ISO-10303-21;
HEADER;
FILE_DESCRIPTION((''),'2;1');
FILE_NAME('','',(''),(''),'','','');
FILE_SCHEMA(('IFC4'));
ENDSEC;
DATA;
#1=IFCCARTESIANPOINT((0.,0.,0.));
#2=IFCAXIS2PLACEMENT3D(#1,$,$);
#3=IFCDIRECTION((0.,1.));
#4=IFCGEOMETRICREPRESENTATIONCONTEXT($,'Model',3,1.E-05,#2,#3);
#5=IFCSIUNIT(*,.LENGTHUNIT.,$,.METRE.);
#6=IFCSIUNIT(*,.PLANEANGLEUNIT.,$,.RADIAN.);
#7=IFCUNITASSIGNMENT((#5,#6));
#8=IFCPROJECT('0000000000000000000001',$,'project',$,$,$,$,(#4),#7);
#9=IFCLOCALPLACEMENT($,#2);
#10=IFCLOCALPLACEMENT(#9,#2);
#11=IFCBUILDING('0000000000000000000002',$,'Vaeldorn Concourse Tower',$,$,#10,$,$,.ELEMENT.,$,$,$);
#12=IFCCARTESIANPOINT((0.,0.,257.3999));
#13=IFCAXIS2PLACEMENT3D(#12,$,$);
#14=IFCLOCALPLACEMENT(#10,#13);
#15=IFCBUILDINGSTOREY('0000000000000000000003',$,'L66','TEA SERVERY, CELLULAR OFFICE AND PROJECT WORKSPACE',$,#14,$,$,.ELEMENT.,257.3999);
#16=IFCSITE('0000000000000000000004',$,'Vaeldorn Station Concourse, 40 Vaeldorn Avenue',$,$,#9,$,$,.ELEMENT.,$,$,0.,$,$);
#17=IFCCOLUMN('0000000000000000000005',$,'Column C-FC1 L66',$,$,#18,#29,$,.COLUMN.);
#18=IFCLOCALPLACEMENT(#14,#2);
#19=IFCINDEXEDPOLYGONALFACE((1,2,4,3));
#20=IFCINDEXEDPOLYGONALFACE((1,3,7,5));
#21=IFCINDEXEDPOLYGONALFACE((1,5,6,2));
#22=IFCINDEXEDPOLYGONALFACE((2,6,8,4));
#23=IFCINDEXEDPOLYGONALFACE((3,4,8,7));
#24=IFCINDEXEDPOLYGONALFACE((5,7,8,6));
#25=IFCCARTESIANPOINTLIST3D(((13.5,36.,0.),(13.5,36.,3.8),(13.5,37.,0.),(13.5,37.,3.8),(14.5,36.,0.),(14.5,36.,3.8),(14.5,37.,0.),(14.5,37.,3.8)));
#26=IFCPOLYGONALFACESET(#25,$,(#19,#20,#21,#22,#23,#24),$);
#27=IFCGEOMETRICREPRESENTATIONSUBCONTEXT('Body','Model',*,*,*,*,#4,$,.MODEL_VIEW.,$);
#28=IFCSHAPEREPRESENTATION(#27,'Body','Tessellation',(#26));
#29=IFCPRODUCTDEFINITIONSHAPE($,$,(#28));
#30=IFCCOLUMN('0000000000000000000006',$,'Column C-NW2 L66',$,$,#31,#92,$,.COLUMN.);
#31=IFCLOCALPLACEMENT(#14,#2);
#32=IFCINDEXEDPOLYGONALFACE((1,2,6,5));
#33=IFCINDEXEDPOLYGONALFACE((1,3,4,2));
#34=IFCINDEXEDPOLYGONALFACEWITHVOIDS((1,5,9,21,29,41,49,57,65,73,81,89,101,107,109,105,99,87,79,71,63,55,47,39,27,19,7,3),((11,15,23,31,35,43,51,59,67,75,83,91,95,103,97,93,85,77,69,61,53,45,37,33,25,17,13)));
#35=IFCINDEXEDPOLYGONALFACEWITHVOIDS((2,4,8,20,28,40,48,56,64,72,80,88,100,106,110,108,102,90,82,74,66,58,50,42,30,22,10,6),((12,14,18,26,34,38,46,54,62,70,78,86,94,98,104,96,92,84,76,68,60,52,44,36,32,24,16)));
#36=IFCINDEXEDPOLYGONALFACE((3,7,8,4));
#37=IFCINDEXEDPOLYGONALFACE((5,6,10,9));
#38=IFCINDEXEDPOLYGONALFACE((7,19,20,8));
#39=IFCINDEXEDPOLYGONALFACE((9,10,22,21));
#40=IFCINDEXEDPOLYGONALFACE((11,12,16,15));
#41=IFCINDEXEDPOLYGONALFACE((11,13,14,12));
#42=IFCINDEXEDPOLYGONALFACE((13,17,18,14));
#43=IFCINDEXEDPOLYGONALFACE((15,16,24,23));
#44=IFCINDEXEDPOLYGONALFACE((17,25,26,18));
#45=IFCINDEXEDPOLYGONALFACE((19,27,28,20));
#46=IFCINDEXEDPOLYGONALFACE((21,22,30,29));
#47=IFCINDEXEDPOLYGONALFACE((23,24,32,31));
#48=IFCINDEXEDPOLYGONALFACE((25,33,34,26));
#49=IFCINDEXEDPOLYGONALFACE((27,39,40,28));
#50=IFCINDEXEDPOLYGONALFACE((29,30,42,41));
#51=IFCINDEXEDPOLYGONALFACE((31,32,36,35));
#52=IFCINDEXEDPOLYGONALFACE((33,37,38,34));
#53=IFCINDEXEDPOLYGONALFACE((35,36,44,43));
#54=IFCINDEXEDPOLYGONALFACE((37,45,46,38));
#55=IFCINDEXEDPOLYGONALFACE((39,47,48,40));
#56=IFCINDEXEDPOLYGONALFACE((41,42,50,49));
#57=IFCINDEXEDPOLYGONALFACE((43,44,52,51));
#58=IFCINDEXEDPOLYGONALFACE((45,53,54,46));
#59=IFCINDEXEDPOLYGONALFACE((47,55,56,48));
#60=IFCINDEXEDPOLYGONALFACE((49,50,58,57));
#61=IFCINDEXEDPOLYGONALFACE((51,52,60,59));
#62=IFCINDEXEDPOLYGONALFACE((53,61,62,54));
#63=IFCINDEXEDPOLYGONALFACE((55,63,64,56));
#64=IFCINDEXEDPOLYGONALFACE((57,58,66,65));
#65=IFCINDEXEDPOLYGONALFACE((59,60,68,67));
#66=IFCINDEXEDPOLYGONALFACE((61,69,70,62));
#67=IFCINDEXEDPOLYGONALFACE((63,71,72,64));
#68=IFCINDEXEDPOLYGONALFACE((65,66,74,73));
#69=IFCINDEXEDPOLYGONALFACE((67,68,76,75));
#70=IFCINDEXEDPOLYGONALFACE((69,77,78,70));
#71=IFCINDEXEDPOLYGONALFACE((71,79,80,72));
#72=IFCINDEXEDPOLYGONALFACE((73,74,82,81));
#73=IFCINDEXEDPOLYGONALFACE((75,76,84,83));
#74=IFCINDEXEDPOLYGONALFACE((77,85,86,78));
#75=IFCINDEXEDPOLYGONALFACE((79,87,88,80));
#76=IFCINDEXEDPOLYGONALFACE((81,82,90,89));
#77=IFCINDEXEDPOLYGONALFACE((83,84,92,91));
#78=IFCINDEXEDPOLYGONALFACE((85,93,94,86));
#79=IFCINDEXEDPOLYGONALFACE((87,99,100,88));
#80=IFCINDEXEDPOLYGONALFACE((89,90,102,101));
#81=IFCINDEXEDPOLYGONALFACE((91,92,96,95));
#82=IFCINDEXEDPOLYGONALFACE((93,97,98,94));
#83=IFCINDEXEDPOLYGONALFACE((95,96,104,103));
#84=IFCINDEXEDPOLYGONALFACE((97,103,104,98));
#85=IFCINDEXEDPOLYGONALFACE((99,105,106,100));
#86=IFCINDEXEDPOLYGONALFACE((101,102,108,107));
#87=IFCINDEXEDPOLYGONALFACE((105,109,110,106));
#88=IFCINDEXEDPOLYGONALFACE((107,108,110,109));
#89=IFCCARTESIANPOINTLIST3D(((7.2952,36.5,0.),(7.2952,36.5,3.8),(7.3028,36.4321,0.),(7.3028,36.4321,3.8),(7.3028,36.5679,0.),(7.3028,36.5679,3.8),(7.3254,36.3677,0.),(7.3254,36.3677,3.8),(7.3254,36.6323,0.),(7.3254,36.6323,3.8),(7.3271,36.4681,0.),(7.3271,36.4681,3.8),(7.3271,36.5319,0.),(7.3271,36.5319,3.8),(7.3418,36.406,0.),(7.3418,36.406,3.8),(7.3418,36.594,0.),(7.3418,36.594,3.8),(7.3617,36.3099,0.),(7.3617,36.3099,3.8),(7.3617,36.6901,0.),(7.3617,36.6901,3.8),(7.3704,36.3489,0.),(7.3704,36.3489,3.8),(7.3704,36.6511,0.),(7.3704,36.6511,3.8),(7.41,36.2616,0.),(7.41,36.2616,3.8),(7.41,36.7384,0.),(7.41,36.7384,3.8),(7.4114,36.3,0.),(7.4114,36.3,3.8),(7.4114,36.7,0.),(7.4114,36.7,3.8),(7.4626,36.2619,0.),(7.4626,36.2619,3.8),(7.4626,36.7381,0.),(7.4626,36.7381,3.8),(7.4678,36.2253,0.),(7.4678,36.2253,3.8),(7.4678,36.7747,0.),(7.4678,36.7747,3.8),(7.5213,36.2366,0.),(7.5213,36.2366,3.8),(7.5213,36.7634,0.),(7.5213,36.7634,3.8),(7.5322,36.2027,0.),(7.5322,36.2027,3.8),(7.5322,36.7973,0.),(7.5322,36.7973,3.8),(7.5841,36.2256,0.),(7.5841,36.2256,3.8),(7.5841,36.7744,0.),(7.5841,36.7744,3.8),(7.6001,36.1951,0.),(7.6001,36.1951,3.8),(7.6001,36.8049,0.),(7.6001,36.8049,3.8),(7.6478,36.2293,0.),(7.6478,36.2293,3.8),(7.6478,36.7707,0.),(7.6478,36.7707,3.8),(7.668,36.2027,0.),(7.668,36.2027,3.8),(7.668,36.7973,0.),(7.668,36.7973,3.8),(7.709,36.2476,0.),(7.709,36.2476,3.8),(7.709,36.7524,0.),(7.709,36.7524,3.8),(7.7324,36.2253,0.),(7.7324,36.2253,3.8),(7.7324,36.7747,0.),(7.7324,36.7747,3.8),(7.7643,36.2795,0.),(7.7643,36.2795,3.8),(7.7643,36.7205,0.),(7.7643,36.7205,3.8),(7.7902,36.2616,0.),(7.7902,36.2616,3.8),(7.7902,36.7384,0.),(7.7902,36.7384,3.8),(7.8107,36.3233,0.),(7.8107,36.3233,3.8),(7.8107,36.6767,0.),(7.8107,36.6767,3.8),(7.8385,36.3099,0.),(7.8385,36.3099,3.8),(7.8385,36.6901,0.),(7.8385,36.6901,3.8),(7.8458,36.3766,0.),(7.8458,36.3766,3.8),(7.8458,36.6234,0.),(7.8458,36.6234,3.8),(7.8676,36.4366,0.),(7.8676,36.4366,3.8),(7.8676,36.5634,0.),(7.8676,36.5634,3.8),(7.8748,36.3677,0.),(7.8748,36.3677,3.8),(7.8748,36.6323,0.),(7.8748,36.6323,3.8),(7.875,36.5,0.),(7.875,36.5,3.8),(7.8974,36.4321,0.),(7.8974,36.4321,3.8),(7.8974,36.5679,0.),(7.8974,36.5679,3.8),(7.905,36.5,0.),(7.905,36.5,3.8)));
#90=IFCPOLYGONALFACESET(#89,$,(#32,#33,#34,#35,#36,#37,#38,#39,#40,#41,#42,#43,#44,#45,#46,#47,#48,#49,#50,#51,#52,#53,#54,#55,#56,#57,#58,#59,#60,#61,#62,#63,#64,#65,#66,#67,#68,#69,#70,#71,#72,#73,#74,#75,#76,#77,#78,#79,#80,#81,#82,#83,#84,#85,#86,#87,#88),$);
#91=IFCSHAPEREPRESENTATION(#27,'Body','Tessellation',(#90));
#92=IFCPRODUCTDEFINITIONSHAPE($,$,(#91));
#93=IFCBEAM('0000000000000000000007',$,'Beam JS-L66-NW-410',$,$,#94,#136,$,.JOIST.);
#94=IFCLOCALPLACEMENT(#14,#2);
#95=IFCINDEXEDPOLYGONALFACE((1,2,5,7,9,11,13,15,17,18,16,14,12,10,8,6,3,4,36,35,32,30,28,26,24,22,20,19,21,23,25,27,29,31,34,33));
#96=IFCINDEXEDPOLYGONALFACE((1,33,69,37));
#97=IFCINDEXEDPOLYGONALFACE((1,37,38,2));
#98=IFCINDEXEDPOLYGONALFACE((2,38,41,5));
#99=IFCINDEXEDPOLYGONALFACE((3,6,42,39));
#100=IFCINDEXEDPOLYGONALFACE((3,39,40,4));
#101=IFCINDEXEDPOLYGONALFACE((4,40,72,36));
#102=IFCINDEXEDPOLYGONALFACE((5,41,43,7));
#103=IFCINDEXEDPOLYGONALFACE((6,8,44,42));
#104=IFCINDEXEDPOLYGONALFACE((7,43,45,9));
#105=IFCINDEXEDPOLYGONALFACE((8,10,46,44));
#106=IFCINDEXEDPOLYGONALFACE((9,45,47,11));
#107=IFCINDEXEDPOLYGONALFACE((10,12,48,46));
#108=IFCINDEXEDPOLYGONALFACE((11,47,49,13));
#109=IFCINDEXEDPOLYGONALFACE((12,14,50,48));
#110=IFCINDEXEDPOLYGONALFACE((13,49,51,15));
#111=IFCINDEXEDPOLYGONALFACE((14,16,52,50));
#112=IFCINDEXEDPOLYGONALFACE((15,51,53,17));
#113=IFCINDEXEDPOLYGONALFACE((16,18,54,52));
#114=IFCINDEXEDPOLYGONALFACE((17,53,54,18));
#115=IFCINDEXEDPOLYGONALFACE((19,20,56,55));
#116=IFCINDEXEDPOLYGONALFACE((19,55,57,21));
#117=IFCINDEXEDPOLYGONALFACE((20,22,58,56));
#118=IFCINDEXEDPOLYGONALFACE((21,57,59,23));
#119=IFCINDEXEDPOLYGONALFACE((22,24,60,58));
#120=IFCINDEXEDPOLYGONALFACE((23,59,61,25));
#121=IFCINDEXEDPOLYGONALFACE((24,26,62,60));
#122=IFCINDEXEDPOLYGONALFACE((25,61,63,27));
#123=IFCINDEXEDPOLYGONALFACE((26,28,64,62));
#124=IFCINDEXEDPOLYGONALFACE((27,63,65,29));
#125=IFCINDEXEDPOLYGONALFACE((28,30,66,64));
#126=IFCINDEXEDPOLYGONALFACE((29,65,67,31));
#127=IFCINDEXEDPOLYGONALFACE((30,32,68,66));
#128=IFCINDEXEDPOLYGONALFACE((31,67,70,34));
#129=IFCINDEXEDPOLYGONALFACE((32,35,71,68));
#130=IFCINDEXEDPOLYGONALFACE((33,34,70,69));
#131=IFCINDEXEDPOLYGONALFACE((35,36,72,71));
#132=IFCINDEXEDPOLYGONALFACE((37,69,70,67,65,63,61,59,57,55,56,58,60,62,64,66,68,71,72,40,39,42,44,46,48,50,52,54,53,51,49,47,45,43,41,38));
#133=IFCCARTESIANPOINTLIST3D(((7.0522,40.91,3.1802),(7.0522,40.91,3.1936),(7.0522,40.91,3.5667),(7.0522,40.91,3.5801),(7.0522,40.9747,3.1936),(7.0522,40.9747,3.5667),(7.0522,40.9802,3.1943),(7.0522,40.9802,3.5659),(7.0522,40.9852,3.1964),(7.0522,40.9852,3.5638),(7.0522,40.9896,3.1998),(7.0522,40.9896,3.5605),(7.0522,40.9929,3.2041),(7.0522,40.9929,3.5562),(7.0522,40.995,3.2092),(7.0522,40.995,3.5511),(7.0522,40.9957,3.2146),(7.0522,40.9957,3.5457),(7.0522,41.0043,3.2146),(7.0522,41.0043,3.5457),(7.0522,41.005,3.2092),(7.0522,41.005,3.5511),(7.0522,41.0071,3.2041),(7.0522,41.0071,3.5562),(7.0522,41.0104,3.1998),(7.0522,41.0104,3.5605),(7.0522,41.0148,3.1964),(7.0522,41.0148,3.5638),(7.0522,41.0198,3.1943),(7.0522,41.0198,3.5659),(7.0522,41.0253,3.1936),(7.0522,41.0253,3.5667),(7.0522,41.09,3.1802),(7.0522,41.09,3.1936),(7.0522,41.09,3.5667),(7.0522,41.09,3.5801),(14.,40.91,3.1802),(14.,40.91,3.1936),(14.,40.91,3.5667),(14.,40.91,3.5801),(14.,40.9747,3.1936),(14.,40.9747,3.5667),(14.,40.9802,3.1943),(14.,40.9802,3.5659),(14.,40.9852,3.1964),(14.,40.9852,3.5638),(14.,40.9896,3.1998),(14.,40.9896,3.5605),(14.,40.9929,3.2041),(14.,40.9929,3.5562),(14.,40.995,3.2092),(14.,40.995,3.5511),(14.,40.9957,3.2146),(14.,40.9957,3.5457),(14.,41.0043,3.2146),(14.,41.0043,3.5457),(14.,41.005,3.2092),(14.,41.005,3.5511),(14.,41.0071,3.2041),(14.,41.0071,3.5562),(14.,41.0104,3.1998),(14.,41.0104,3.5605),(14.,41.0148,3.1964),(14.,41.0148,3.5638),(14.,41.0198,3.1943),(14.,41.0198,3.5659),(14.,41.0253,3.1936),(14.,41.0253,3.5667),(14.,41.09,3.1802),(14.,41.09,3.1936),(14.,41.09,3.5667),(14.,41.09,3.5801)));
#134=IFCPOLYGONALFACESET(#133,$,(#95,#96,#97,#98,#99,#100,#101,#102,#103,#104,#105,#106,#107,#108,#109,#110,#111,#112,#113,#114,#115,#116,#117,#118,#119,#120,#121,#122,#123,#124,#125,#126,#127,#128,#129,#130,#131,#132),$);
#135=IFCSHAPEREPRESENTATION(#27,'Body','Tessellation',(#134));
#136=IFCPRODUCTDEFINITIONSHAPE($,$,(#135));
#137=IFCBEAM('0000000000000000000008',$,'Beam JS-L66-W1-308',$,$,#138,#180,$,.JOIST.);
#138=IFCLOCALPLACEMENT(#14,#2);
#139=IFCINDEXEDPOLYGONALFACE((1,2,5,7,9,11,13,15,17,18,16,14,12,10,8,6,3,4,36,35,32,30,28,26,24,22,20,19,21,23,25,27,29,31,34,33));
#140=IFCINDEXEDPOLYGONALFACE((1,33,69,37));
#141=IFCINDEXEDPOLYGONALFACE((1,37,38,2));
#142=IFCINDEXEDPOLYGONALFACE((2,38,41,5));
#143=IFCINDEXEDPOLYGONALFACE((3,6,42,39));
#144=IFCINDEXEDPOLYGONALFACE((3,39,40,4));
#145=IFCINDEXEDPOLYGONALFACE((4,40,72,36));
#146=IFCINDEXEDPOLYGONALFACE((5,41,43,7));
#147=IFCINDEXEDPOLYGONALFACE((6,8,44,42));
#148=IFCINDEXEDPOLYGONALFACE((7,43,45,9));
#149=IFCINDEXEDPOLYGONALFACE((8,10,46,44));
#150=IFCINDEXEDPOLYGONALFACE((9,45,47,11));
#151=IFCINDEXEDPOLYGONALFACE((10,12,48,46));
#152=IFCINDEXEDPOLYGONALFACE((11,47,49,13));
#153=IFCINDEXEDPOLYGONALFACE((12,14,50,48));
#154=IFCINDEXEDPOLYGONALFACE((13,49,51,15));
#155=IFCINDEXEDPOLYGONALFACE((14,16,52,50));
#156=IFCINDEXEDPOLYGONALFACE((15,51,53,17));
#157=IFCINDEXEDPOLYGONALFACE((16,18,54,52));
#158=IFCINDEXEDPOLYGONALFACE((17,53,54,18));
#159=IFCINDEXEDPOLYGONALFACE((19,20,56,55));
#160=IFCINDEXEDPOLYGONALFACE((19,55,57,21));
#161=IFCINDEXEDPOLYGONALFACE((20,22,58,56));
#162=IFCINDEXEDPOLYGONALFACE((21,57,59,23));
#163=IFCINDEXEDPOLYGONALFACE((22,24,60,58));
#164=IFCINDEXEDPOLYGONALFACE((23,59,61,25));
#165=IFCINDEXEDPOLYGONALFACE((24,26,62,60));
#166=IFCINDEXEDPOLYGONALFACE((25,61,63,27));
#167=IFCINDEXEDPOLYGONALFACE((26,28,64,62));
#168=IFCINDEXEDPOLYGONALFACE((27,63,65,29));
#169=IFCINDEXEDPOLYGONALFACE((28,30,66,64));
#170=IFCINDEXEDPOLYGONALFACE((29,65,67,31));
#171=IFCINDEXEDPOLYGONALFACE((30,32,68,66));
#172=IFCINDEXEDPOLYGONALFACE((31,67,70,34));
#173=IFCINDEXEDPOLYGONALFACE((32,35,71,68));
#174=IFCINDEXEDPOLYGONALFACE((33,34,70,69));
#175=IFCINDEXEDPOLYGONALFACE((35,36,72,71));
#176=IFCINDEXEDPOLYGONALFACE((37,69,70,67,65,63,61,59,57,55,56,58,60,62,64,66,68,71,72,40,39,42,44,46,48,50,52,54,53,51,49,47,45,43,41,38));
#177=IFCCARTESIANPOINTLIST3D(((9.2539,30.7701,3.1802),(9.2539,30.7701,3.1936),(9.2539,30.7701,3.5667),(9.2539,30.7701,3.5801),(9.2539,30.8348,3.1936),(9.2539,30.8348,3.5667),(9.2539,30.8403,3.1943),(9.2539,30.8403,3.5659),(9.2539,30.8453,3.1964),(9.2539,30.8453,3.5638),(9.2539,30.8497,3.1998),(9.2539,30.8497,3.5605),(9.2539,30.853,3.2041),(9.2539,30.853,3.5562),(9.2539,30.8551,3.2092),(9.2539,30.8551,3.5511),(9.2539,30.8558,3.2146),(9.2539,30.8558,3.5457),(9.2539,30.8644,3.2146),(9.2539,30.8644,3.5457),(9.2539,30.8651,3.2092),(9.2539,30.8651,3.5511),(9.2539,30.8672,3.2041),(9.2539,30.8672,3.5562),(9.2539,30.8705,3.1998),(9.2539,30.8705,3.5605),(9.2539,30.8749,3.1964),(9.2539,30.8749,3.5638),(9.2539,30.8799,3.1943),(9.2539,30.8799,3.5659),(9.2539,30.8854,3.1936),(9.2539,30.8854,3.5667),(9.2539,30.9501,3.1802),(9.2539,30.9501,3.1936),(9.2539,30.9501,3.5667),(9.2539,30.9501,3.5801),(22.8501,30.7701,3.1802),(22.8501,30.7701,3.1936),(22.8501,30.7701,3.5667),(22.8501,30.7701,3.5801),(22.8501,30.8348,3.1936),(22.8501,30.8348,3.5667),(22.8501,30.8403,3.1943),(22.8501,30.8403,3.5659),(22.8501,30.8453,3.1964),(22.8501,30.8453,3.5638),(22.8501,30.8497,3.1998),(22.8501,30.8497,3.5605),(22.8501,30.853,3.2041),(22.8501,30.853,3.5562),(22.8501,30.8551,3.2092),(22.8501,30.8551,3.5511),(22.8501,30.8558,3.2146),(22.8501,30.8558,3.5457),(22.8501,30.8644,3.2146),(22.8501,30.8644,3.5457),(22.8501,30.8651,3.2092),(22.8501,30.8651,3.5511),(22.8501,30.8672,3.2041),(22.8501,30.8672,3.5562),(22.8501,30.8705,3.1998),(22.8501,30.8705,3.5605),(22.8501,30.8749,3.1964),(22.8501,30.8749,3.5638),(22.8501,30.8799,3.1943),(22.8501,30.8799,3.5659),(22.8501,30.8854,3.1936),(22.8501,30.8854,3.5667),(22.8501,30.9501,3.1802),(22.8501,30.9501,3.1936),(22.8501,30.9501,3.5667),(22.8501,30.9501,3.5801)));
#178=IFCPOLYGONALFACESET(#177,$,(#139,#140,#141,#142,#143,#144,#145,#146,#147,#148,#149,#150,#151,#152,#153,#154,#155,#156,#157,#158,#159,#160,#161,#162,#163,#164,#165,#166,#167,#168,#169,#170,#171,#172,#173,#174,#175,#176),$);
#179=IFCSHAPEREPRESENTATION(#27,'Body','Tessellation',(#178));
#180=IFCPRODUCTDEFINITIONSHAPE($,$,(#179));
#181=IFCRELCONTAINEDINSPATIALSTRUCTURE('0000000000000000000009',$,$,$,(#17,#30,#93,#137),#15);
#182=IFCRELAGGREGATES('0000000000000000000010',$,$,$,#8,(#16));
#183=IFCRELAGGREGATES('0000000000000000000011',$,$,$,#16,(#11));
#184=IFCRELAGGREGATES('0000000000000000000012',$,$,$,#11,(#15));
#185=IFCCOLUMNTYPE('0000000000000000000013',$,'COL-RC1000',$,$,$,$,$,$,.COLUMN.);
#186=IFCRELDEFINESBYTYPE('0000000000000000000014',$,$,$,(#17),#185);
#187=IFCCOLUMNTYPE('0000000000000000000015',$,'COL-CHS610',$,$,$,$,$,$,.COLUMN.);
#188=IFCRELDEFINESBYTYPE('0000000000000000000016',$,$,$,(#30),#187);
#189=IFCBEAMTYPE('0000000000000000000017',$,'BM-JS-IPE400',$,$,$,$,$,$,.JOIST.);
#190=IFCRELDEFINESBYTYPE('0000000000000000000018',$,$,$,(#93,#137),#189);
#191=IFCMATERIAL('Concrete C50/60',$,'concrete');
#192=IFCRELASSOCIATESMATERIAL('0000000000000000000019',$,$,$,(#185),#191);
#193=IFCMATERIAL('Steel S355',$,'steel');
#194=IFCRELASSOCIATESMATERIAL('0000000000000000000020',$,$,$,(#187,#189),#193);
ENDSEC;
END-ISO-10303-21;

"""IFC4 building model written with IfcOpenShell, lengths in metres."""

from ifc_helpers import new_model, si_unit, direction, frame, origin, origin_2d, place, context, subcontext, project, spatial, rectangle, hollow_circle, i_section, extrude, source, transform, mapped, material, material_profile, profile_set, type_object, element, save


model = new_model("IFC4")

# Units and contexts
model_context = context("Model", 3, precision=1e-05, world=origin(), true_north=direction((0.0, 1.0)))
body_context = subcontext(model_context, "Body", "Model", "MODEL_VIEW")
ifc_project = project(units=[si_unit("LENGTHUNIT", "METRE"), si_unit("PLANEANGLEUNIT", "RADIAN")], contexts=[model_context])

# Site, building, storey
site_placement = place(None, origin())
site = spatial("IfcSite", under=ifc_project, at=site_placement, Name="Vaeldorn Station Concourse, 40 Vaeldorn Avenue", CompositionType="ELEMENT", RefElevation=0.0)
building_placement = place(site_placement, origin())
building = spatial("IfcBuilding", under=site, at=building_placement, Name="Vaeldorn Concourse Tower", CompositionType="ELEMENT")
storey_placement = place(building_placement, frame((0.0, 0.0, 257.3999)))
storey = spatial("IfcBuildingStorey", under=building, at=storey_placement, Name="L66", Description="TEA SERVERY, CELLULAR OFFICE AND PROJECT WORKSPACE", CompositionType="ELEMENT", Elevation=257.3999)

# Columns
ifc_material_1 = material(Name="Concrete C50/60", Category="concrete")
ifc_material_profile_1 = material_profile(ifc_material_1, rectangle(XDim=1.0, YDim=1.0, at=origin_2d()), Name="RC 1000x1000")
ifc_profile_set_1 = profile_set([ifc_material_profile_1], Name="Concrete C50/60")
column_type_1 = type_object("IfcColumnType", Name="COL-RC1000", PredefinedType="COLUMN", material=ifc_profile_set_1)
shared_shape_1 = source(origin(), body_context, "Body", "SweptSolid", [
    extrude(rectangle(XDim=1.0, YDim=1.0, at=origin_2d()), origin(), (0.0, 0.0, 1.0), 3.8),
])
column_1_placement = place(storey_placement, frame((14.0, 36.5, 0.0), z_axis=(0.0, 0.0, 1.0), x_axis=(1.0, 0.0, 0.0)))
element("IfcColumn", 1, at=column_1_placement, inside=storey, type_object=column_type_1, Name="Column C-FC1 L66", PredefinedType="COLUMN", context=body_context, shape_type="MappedRepresentation", body=[
    mapped(shared_shape_1, transform((0.0, 0.0, 0.0), scale=1.0)),
])
ifc_material_2 = material(Name="Steel S355", Category="steel")
ifc_material_profile_2 = material_profile(ifc_material_2, hollow_circle(Radius=0.3049, WallThickness=0.03, at=origin_2d()), Name="CHS 610x30")
ifc_profile_set_2 = profile_set([ifc_material_profile_2], Name="Steel S355")
column_type_2 = type_object("IfcColumnType", Name="COL-CHS610", PredefinedType="COLUMN", material=ifc_profile_set_2)
shared_shape_2 = source(origin(), body_context, "Body", "SweptSolid", [
    extrude(hollow_circle(Radius=0.3049, WallThickness=0.03, at=origin_2d()), origin(), (0.0, 0.0, 1.0), 3.8),
])
column_2_placement = place(storey_placement, frame((7.6001, 36.5, 0.0), z_axis=(0.0, 0.0, 1.0), x_axis=(1.0, 0.0, 0.0)))
element("IfcColumn", 2, at=column_2_placement, inside=storey, type_object=column_type_2, Name="Column C-NW2 L66", PredefinedType="COLUMN", context=body_context, shape_type="MappedRepresentation", body=[
    mapped(shared_shape_2, transform((0.0, 0.0, 0.0), scale=1.0)),
])

# Beams
ifc_material_profile_3 = material_profile(ifc_material_2, i_section(OverallWidth=0.1799, OverallDepth=0.3999, WebThickness=0.0085, FlangeThickness=0.0134, FilletRadius=0.021, at=origin_2d()), Name="IPE 400")
ifc_profile_set_3 = profile_set([ifc_material_profile_3], Name="Steel S355")
beam_type_1 = type_object("IfcBeamType", Name="BM-JS-IPE400", PredefinedType="JOIST", material=ifc_profile_set_3)
shared_shape_3 = source(origin(), body_context, "Body", "SweptSolid", [
    extrude(i_section(OverallWidth=0.1799, OverallDepth=0.3999, WebThickness=0.0085, FlangeThickness=0.0134, FilletRadius=0.021, at=origin_2d()), origin(), (0.0, 0.0, 1.0), 6.9478),
])
beam_1_placement = place(storey_placement, frame((7.0522, 41.0, 3.3801), z_axis=(1.0, 0.0, 0.0), x_axis=(0.0, 1.0, 0.0)))
element("IfcBeam", 3, at=beam_1_placement, inside=storey, type_object=beam_type_1, Name="Beam JS-L66-NW-410", PredefinedType="JOIST", context=body_context, shape_type="MappedRepresentation", body=[
    mapped(shared_shape_3, transform((0.0, 0.0, 0.0), scale=1.0)),
])
shared_shape_4 = source(origin(), body_context, "Body", "SweptSolid", [
    extrude(i_section(OverallWidth=0.1799, OverallDepth=0.3999, WebThickness=0.0085, FlangeThickness=0.0134, FilletRadius=0.021, at=origin_2d()), origin(), (0.0, 0.0, 1.0), 13.5962),
])
beam_2_placement = place(storey_placement, frame((9.2539, 30.8601, 3.3801), z_axis=(1.0, 0.0, 0.0), x_axis=(0.0, 1.0, 0.0)))
element("IfcBeam", 4, at=beam_2_placement, inside=storey, type_object=beam_type_1, Name="Beam JS-L66-W1-308", PredefinedType="JOIST", context=body_context, shape_type="MappedRepresentation", body=[
    mapped(shared_shape_4, transform((0.0, 0.0, 0.0), scale=1.0)),
])

save(model, "model.ifc")
